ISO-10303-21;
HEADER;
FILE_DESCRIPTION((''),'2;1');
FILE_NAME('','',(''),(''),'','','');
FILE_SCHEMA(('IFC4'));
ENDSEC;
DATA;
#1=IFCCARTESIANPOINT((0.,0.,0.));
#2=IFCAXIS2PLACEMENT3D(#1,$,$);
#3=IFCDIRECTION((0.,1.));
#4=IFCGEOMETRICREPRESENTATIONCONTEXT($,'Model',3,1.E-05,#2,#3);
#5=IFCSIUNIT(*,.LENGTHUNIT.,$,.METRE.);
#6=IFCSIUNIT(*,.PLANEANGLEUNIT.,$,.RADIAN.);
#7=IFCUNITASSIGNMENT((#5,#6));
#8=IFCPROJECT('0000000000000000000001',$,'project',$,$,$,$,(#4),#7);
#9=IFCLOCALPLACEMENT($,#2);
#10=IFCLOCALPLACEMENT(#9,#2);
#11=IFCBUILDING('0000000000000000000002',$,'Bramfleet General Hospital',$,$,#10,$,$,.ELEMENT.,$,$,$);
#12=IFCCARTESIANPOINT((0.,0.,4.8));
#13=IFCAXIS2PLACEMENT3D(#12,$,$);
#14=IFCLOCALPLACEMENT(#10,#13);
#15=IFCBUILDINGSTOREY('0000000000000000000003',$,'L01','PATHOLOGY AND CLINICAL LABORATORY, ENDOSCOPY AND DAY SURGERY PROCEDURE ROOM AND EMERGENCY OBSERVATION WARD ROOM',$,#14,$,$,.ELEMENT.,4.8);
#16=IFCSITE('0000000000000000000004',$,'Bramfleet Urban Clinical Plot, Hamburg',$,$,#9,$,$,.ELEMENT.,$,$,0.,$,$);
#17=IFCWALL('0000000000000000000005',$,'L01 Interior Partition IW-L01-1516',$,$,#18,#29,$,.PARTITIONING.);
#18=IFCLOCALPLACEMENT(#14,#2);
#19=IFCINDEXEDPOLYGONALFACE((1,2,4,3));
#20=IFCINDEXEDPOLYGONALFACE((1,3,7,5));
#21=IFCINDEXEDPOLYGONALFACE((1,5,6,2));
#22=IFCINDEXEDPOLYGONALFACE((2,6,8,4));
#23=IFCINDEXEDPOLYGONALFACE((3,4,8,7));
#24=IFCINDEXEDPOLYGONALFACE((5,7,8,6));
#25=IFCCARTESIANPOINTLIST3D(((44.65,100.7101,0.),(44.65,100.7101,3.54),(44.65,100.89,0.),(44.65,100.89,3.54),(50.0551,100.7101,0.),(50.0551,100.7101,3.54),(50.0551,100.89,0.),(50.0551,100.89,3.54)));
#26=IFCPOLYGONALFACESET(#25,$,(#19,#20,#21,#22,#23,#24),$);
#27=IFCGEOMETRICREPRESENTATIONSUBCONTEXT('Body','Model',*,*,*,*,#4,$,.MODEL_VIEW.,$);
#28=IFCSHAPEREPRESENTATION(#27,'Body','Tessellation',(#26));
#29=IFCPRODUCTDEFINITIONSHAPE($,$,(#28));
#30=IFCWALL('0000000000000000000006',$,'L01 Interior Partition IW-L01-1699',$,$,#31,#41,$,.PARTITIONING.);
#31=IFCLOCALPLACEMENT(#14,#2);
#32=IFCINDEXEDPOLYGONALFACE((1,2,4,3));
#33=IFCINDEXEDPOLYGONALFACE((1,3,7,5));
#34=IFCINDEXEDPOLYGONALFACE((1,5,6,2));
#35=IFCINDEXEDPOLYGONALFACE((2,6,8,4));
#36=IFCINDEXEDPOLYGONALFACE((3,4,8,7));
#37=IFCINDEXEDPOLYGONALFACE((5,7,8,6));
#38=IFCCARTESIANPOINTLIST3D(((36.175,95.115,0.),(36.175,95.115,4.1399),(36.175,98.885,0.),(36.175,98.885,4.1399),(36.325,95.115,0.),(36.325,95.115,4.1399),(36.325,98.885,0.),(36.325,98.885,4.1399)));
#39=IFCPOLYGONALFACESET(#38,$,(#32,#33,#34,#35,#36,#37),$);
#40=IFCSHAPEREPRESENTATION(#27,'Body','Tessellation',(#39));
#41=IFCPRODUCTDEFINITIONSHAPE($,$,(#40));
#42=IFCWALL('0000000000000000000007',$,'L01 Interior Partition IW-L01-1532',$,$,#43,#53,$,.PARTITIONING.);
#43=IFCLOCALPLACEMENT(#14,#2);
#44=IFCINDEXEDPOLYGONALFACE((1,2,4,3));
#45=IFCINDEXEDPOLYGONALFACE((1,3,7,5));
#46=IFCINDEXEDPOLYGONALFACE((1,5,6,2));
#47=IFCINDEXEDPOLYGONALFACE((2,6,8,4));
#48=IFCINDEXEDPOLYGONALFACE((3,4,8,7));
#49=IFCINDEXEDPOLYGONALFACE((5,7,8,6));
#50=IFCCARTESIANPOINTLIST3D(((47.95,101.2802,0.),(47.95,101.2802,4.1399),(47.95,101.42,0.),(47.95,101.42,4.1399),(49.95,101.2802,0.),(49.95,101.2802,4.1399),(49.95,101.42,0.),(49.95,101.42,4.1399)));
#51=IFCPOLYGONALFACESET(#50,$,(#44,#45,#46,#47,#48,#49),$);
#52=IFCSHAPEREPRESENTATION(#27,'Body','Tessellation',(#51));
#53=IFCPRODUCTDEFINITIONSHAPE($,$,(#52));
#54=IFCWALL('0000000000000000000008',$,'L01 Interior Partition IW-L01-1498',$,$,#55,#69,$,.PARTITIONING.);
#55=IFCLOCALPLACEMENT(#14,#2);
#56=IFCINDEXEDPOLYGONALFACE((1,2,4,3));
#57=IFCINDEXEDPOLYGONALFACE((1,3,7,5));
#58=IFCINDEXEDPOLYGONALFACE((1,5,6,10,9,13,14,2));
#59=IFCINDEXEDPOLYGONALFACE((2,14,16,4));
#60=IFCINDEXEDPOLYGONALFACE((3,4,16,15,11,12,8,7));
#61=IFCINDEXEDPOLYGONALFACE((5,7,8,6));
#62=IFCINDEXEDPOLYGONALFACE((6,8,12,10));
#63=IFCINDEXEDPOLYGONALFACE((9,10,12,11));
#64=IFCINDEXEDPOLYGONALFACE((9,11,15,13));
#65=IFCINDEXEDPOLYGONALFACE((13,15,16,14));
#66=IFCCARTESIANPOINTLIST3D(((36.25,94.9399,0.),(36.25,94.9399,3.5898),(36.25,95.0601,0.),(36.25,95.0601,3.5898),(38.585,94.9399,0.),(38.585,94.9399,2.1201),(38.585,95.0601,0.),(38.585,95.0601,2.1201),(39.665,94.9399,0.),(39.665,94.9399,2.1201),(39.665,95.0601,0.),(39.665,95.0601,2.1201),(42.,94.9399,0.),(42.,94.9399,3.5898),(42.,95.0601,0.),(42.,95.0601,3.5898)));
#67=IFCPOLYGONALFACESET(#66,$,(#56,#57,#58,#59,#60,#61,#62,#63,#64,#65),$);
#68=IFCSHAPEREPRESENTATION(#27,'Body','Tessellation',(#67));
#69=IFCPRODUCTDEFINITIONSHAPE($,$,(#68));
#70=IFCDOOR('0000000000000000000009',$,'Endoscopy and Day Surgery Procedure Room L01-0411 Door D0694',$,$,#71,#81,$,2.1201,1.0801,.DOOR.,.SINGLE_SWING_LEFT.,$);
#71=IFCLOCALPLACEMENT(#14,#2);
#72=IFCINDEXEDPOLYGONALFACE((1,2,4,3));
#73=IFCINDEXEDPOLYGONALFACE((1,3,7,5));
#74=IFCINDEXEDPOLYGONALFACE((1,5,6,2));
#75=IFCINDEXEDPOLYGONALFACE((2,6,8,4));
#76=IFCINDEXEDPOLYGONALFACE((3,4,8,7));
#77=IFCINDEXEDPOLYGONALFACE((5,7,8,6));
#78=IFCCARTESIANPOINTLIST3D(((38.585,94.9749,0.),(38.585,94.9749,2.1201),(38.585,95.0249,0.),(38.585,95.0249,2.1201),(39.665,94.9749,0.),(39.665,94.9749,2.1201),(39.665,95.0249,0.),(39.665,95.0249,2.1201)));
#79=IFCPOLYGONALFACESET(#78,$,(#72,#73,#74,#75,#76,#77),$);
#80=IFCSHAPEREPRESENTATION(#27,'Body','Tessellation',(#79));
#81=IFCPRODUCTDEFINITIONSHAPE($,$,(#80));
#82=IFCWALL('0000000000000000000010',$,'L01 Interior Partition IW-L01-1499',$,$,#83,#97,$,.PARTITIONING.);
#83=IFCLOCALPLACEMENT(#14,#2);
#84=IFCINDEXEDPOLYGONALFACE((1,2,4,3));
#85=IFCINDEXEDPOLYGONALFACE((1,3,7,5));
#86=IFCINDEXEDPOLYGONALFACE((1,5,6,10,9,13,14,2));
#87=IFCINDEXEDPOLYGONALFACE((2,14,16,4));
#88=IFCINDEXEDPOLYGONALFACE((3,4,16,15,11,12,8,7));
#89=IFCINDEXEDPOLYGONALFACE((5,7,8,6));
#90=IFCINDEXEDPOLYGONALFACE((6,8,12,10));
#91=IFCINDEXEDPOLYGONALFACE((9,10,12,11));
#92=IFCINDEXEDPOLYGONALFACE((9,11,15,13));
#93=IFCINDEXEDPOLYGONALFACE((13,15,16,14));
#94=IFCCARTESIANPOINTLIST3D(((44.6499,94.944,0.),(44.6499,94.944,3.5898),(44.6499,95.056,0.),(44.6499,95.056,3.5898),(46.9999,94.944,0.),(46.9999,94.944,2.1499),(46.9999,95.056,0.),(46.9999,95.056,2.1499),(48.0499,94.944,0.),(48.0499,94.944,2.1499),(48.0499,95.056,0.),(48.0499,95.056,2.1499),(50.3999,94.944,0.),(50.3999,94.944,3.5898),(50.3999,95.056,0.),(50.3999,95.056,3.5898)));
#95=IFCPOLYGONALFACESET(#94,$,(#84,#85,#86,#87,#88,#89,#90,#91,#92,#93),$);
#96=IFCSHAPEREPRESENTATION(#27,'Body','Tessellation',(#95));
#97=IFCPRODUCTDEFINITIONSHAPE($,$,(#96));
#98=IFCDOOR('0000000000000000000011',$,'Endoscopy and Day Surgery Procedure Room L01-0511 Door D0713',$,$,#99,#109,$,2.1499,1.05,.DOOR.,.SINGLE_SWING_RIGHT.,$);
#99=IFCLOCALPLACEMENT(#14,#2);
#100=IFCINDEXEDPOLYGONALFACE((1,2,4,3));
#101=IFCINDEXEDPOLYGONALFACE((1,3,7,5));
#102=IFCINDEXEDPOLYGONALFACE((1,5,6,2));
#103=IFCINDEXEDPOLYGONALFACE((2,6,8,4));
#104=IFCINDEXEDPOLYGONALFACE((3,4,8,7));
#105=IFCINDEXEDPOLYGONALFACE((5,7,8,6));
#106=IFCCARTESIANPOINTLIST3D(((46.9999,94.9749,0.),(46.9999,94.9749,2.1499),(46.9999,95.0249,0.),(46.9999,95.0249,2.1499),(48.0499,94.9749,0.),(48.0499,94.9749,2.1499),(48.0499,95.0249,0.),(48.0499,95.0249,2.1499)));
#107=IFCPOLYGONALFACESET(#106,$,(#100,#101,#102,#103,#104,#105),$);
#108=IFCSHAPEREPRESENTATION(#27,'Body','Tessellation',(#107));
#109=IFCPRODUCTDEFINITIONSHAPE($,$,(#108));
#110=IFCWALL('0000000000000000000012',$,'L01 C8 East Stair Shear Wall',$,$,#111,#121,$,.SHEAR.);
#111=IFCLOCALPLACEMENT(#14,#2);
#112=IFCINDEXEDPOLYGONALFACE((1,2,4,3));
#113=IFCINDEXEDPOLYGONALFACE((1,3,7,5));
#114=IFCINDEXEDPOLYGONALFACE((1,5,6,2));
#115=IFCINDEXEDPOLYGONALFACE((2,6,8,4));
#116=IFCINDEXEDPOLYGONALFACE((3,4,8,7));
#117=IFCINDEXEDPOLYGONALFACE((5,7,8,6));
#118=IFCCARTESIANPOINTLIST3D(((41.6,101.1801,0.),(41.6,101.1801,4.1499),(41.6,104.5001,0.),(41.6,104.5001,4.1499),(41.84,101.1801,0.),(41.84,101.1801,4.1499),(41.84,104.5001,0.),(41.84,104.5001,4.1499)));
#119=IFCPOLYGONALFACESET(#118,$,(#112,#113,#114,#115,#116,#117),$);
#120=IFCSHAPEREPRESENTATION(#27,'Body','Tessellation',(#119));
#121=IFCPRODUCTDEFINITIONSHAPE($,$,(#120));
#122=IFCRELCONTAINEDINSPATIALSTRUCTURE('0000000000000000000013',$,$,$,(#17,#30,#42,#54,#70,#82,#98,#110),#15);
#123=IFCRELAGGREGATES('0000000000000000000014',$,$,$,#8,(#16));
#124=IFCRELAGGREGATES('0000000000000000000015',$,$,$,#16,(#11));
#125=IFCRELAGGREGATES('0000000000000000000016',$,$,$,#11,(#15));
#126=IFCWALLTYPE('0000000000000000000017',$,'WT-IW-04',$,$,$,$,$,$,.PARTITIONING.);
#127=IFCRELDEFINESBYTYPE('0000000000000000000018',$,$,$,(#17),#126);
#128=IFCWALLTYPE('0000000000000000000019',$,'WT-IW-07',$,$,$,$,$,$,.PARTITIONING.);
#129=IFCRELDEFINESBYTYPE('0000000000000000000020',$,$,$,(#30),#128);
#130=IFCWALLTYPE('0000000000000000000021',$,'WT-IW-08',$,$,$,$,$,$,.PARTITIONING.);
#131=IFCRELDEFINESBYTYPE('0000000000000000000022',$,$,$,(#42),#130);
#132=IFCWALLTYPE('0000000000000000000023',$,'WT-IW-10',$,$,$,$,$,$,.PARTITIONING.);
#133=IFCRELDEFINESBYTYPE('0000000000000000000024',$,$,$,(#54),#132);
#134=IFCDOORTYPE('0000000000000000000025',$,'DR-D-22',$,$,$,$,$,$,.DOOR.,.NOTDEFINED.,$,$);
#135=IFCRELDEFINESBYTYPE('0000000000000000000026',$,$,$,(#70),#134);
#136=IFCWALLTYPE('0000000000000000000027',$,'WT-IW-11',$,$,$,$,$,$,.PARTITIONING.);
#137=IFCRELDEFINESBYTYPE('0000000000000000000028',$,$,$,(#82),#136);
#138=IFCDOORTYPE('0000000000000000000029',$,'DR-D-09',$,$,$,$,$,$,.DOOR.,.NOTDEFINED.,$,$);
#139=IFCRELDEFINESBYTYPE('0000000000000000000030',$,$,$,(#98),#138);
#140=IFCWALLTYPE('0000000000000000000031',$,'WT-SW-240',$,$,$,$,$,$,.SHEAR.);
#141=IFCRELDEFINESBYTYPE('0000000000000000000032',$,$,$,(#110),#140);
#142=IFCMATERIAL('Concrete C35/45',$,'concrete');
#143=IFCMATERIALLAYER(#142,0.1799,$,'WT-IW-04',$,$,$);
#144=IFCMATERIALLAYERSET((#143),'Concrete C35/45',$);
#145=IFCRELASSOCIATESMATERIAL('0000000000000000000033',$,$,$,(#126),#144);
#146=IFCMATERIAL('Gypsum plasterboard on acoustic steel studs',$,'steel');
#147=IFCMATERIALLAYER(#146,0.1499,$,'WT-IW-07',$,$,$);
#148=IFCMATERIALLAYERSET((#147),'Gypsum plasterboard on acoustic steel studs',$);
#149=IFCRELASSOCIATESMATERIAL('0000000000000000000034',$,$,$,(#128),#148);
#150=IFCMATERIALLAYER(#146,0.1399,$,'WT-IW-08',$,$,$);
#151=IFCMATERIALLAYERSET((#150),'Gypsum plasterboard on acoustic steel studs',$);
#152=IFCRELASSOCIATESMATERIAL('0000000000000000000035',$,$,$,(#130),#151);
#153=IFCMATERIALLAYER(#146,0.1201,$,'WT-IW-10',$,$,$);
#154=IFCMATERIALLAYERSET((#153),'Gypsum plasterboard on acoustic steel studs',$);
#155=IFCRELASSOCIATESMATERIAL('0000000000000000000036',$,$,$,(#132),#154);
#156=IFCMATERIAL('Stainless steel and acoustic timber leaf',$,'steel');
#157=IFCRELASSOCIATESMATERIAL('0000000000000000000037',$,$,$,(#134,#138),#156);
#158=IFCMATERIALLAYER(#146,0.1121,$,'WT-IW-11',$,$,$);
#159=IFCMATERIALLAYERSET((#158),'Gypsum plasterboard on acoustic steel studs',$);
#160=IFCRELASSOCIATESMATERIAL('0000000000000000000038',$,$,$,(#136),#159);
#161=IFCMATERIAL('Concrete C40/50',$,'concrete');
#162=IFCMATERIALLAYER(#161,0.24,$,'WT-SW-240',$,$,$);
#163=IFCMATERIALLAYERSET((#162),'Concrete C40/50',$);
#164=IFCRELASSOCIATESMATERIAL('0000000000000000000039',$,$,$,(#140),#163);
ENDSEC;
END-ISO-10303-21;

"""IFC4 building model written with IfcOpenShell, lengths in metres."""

from ifc_helpers import new_model, si_unit, direction, frame, frame_2d, origin, place, context, subcontext, project, spatial, rectangle, extrude, material, layer, layer_set, type_object, element, fill, save


model = new_model("IFC4")

# Units and contexts
model_context = context("Model", 3, precision=1e-05, world=origin(), true_north=direction((0.0, 1.0)))
body_context = subcontext(model_context, "Body", "Model", "MODEL_VIEW")
ifc_project = project(units=[si_unit("LENGTHUNIT", "METRE"), si_unit("PLANEANGLEUNIT", "RADIAN")], contexts=[model_context])

# Site, building, storey
site_placement = place(None, origin())
site = spatial("IfcSite", under=ifc_project, at=site_placement, Name="Bramfleet Urban Clinical Plot, Hamburg", CompositionType="ELEMENT", RefElevation=0.0)
building_placement = place(site_placement, origin())
building = spatial("IfcBuilding", under=site, at=building_placement, Name="Bramfleet General Hospital", CompositionType="ELEMENT")
storey_placement = place(building_placement, frame((0.0, 0.0, 4.8)))
storey = spatial("IfcBuildingStorey", under=building, at=storey_placement, Name="L01", Description="PATHOLOGY AND CLINICAL LABORATORY, ENDOSCOPY AND DAY SURGERY PROCEDURE ROOM AND EMERGENCY OBSERVATION WARD ROOM", CompositionType="ELEMENT", Elevation=4.8)

# Shared definitions
ifc_material_1 = material(Name="Concrete C40/50", Category="concrete")

# Shared definitions
ifc_material_2 = material(Name="Concrete C35/45", Category="concrete")

# Shared definitions
ifc_material_3 = material(Name="Stainless steel and acoustic timber leaf", Category="steel")

# Walls
ifc_layer_1 = layer(ifc_material_2, 0.1799, Name="WT-IW-04")
ifc_layer_set_1 = layer_set([ifc_layer_1], Name="Concrete C35/45")
wall_type_1 = type_object("IfcWallType", Name="WT-IW-04", PredefinedType="PARTITIONING", material=ifc_layer_set_1)
wall_1_placement = place(storey_placement, frame((44.6499, 100.8, 0.0), z_axis=(0.0, 0.0, 1.0), x_axis=(1.0, 0.0, 0.0)))
element("IfcWall", 1, at=wall_1_placement, inside=storey, type_object=wall_type_1, Name="L01 Interior Partition IW-L01-1516", PredefinedType="PARTITIONING", context=body_context, shape_type="SweptSolid", body=[
    extrude(rectangle(XDim=5.405, YDim=0.1799, at=frame_2d((2.7026, 0.0))), origin(), (0.0, 0.0, 1.0), 3.54),
])
ifc_material_4 = material(Name="Gypsum plasterboard on acoustic steel studs", Category="steel")
ifc_layer_2 = layer(ifc_material_4, 0.1499, Name="WT-IW-07")
ifc_layer_set_2 = layer_set([ifc_layer_2], Name="Gypsum plasterboard on acoustic steel studs")
wall_type_2 = type_object("IfcWallType", Name="WT-IW-07", PredefinedType="PARTITIONING", material=ifc_layer_set_2)
wall_2_placement = place(storey_placement, frame((36.25, 95.115, 0.0), z_axis=(0.0, 0.0, 1.0), x_axis=(0.0, 1.0, 0.0)))
element("IfcWall", 2, at=wall_2_placement, inside=storey, type_object=wall_type_2, Name="L01 Interior Partition IW-L01-1699", PredefinedType="PARTITIONING", context=body_context, shape_type="SweptSolid", body=[
    extrude(rectangle(XDim=3.77, YDim=0.1499, at=frame_2d((1.885, 0.0))), origin(), (0.0, 0.0, 1.0), 4.1399),
])
ifc_layer_3 = layer(ifc_material_4, 0.1399, Name="WT-IW-08")
ifc_layer_set_3 = layer_set([ifc_layer_3], Name="Gypsum plasterboard on acoustic steel studs")
wall_type_3 = type_object("IfcWallType", Name="WT-IW-08", PredefinedType="PARTITIONING", material=ifc_layer_set_3)
wall_3_placement = place(storey_placement, frame((47.95, 101.3501, 0.0), z_axis=(0.0, 0.0, 1.0), x_axis=(1.0, 0.0, 0.0)))
element("IfcWall", 3, at=wall_3_placement, inside=storey, type_object=wall_type_3, Name="L01 Interior Partition IW-L01-1532", PredefinedType="PARTITIONING", context=body_context, shape_type="SweptSolid", body=[
    extrude(rectangle(XDim=2.0, YDim=0.1399, at=frame_2d((1.0, 0.0))), origin(), (0.0, 0.0, 1.0), 4.1399),
])

# Walls, openings, doors
ifc_layer_4 = layer(ifc_material_4, 0.1201, Name="WT-IW-10")
ifc_layer_set_4 = layer_set([ifc_layer_4], Name="Gypsum plasterboard on acoustic steel studs")
wall_type_4 = type_object("IfcWallType", Name="WT-IW-10", PredefinedType="PARTITIONING", material=ifc_layer_set_4)
wall_4_placement = place(storey_placement, frame((36.25, 95.0, 0.0), z_axis=(0.0, 0.0, 1.0), x_axis=(1.0, 0.0, 0.0)))
wall_4 = element("IfcWall", 4, at=wall_4_placement, inside=storey, type_object=wall_type_4, Name="L01 Interior Partition IW-L01-1498", PredefinedType="PARTITIONING", context=body_context, shape_type="SweptSolid", body=[
    extrude(rectangle(XDim=5.75, YDim=0.1201, at=frame_2d((2.875, 0.0))), origin(), (0.0, 0.0, 1.0), 3.5898),
])
opening_1_placement = place(wall_4_placement, frame((2.335, 0.0, 0.0)))
opening_1 = element("IfcOpeningElement", 5, at=opening_1_placement, cuts=wall_4, PredefinedType="OPENING", context=body_context, shape_type="SweptSolid", body=[
    extrude(rectangle(XDim=1.0801, YDim=2.1201, at=frame_2d((0.54, 1.0601))), frame((0.0, 0.0701, 0.0), z_axis=(0.0, -1.0, 0.0), x_axis=(1.0, 0.0, 0.0)), (0.0, 0.0, 1.0), 0.1401),
])
door_type_1 = type_object("IfcDoorType", Name="DR-D-22", OperationType="NOTDEFINED", PredefinedType="DOOR", material=ifc_material_3)
door_1_placement = place(opening_1_placement, origin())
door_1 = element("IfcDoor", 6, at=door_1_placement, inside=storey, type_object=door_type_1, Name="Endoscopy and Day Surgery Procedure Room L01-0411 Door D0694", OperationType="SINGLE_SWING_LEFT", OverallHeight=2.1201, OverallWidth=1.0801, PredefinedType="DOOR", context=body_context, shape_type="SweptSolid", body=[
    extrude(rectangle(XDim=1.0801, YDim=2.1201, at=frame_2d((0.54, 1.0601))), frame((0.0, 0.0249, 0.0), z_axis=(0.0, -1.0, 0.0), x_axis=(1.0, 0.0, 0.0)), (0.0, 0.0, 1.0), 0.05),
])
fill(opening_1, door_1)
ifc_layer_5 = layer(ifc_material_4, 0.1121, Name="WT-IW-11")
ifc_layer_set_5 = layer_set([ifc_layer_5], Name="Gypsum plasterboard on acoustic steel studs")
wall_type_5 = type_object("IfcWallType", Name="WT-IW-11", PredefinedType="PARTITIONING", material=ifc_layer_set_5)
wall_5_placement = place(storey_placement, frame((44.6499, 95.0, 0.0), z_axis=(0.0, 0.0, 1.0), x_axis=(1.0, 0.0, 0.0)))
wall_5 = element("IfcWall", 7, at=wall_5_placement, inside=storey, type_object=wall_type_5, Name="L01 Interior Partition IW-L01-1499", PredefinedType="PARTITIONING", context=body_context, shape_type="SweptSolid", body=[
    extrude(rectangle(XDim=5.75, YDim=0.1121, at=frame_2d((2.875, 0.0))), origin(), (0.0, 0.0, 1.0), 3.5898),
])
opening_2_placement = place(wall_5_placement, frame((2.3501, 0.0, 0.0)))
opening_2 = element("IfcOpeningElement", 8, at=opening_2_placement, cuts=wall_5, PredefinedType="OPENING", context=body_context, shape_type="SweptSolid", body=[
    extrude(rectangle(XDim=1.05, YDim=2.1499, at=frame_2d((0.5249, 1.075))), frame((0.0, 0.0659, 0.0), z_axis=(0.0, -1.0, 0.0), x_axis=(1.0, 0.0, 0.0)), (0.0, 0.0, 1.0), 0.1321),
])
door_type_2 = type_object("IfcDoorType", Name="DR-D-09", OperationType="NOTDEFINED", PredefinedType="DOOR", material=ifc_material_3)
door_2_placement = place(opening_2_placement, origin())
door_2 = element("IfcDoor", 9, at=door_2_placement, inside=storey, type_object=door_type_2, Name="Endoscopy and Day Surgery Procedure Room L01-0511 Door D0713", OperationType="SINGLE_SWING_RIGHT", OverallHeight=2.1499, OverallWidth=1.05, PredefinedType="DOOR", context=body_context, shape_type="SweptSolid", body=[
    extrude(rectangle(XDim=1.05, YDim=2.1499, at=frame_2d((0.5249, 1.075))), frame((0.0, 0.0249, 0.0), z_axis=(0.0, -1.0, 0.0), x_axis=(1.0, 0.0, 0.0)), (0.0, 0.0, 1.0), 0.05),
])
fill(opening_2, door_2)

# Wall
ifc_layer_6 = layer(ifc_material_1, 0.24, Name="WT-SW-240")
ifc_layer_set_6 = layer_set([ifc_layer_6], Name="Concrete C40/50")
wall_type_6 = type_object("IfcWallType", Name="WT-SW-240", PredefinedType="SHEAR", material=ifc_layer_set_6)
wall_6_placement = place(storey_placement, frame((41.72, 101.1799, 0.0), z_axis=(0.0, 0.0, 1.0), x_axis=(0.0, 1.0, 0.0)))
element("IfcWall", 10, at=wall_6_placement, inside=storey, type_object=wall_type_6, Name="L01 C8 East Stair Shear Wall", PredefinedType="SHEAR", context=body_context, shape_type="SweptSolid", body=[
    extrude(rectangle(XDim=3.3201, YDim=0.24, at=frame_2d((1.6602, 0.0))), origin(), (0.0, 0.0, 1.0), 4.1499),
])

save(model, "model.ifc")
